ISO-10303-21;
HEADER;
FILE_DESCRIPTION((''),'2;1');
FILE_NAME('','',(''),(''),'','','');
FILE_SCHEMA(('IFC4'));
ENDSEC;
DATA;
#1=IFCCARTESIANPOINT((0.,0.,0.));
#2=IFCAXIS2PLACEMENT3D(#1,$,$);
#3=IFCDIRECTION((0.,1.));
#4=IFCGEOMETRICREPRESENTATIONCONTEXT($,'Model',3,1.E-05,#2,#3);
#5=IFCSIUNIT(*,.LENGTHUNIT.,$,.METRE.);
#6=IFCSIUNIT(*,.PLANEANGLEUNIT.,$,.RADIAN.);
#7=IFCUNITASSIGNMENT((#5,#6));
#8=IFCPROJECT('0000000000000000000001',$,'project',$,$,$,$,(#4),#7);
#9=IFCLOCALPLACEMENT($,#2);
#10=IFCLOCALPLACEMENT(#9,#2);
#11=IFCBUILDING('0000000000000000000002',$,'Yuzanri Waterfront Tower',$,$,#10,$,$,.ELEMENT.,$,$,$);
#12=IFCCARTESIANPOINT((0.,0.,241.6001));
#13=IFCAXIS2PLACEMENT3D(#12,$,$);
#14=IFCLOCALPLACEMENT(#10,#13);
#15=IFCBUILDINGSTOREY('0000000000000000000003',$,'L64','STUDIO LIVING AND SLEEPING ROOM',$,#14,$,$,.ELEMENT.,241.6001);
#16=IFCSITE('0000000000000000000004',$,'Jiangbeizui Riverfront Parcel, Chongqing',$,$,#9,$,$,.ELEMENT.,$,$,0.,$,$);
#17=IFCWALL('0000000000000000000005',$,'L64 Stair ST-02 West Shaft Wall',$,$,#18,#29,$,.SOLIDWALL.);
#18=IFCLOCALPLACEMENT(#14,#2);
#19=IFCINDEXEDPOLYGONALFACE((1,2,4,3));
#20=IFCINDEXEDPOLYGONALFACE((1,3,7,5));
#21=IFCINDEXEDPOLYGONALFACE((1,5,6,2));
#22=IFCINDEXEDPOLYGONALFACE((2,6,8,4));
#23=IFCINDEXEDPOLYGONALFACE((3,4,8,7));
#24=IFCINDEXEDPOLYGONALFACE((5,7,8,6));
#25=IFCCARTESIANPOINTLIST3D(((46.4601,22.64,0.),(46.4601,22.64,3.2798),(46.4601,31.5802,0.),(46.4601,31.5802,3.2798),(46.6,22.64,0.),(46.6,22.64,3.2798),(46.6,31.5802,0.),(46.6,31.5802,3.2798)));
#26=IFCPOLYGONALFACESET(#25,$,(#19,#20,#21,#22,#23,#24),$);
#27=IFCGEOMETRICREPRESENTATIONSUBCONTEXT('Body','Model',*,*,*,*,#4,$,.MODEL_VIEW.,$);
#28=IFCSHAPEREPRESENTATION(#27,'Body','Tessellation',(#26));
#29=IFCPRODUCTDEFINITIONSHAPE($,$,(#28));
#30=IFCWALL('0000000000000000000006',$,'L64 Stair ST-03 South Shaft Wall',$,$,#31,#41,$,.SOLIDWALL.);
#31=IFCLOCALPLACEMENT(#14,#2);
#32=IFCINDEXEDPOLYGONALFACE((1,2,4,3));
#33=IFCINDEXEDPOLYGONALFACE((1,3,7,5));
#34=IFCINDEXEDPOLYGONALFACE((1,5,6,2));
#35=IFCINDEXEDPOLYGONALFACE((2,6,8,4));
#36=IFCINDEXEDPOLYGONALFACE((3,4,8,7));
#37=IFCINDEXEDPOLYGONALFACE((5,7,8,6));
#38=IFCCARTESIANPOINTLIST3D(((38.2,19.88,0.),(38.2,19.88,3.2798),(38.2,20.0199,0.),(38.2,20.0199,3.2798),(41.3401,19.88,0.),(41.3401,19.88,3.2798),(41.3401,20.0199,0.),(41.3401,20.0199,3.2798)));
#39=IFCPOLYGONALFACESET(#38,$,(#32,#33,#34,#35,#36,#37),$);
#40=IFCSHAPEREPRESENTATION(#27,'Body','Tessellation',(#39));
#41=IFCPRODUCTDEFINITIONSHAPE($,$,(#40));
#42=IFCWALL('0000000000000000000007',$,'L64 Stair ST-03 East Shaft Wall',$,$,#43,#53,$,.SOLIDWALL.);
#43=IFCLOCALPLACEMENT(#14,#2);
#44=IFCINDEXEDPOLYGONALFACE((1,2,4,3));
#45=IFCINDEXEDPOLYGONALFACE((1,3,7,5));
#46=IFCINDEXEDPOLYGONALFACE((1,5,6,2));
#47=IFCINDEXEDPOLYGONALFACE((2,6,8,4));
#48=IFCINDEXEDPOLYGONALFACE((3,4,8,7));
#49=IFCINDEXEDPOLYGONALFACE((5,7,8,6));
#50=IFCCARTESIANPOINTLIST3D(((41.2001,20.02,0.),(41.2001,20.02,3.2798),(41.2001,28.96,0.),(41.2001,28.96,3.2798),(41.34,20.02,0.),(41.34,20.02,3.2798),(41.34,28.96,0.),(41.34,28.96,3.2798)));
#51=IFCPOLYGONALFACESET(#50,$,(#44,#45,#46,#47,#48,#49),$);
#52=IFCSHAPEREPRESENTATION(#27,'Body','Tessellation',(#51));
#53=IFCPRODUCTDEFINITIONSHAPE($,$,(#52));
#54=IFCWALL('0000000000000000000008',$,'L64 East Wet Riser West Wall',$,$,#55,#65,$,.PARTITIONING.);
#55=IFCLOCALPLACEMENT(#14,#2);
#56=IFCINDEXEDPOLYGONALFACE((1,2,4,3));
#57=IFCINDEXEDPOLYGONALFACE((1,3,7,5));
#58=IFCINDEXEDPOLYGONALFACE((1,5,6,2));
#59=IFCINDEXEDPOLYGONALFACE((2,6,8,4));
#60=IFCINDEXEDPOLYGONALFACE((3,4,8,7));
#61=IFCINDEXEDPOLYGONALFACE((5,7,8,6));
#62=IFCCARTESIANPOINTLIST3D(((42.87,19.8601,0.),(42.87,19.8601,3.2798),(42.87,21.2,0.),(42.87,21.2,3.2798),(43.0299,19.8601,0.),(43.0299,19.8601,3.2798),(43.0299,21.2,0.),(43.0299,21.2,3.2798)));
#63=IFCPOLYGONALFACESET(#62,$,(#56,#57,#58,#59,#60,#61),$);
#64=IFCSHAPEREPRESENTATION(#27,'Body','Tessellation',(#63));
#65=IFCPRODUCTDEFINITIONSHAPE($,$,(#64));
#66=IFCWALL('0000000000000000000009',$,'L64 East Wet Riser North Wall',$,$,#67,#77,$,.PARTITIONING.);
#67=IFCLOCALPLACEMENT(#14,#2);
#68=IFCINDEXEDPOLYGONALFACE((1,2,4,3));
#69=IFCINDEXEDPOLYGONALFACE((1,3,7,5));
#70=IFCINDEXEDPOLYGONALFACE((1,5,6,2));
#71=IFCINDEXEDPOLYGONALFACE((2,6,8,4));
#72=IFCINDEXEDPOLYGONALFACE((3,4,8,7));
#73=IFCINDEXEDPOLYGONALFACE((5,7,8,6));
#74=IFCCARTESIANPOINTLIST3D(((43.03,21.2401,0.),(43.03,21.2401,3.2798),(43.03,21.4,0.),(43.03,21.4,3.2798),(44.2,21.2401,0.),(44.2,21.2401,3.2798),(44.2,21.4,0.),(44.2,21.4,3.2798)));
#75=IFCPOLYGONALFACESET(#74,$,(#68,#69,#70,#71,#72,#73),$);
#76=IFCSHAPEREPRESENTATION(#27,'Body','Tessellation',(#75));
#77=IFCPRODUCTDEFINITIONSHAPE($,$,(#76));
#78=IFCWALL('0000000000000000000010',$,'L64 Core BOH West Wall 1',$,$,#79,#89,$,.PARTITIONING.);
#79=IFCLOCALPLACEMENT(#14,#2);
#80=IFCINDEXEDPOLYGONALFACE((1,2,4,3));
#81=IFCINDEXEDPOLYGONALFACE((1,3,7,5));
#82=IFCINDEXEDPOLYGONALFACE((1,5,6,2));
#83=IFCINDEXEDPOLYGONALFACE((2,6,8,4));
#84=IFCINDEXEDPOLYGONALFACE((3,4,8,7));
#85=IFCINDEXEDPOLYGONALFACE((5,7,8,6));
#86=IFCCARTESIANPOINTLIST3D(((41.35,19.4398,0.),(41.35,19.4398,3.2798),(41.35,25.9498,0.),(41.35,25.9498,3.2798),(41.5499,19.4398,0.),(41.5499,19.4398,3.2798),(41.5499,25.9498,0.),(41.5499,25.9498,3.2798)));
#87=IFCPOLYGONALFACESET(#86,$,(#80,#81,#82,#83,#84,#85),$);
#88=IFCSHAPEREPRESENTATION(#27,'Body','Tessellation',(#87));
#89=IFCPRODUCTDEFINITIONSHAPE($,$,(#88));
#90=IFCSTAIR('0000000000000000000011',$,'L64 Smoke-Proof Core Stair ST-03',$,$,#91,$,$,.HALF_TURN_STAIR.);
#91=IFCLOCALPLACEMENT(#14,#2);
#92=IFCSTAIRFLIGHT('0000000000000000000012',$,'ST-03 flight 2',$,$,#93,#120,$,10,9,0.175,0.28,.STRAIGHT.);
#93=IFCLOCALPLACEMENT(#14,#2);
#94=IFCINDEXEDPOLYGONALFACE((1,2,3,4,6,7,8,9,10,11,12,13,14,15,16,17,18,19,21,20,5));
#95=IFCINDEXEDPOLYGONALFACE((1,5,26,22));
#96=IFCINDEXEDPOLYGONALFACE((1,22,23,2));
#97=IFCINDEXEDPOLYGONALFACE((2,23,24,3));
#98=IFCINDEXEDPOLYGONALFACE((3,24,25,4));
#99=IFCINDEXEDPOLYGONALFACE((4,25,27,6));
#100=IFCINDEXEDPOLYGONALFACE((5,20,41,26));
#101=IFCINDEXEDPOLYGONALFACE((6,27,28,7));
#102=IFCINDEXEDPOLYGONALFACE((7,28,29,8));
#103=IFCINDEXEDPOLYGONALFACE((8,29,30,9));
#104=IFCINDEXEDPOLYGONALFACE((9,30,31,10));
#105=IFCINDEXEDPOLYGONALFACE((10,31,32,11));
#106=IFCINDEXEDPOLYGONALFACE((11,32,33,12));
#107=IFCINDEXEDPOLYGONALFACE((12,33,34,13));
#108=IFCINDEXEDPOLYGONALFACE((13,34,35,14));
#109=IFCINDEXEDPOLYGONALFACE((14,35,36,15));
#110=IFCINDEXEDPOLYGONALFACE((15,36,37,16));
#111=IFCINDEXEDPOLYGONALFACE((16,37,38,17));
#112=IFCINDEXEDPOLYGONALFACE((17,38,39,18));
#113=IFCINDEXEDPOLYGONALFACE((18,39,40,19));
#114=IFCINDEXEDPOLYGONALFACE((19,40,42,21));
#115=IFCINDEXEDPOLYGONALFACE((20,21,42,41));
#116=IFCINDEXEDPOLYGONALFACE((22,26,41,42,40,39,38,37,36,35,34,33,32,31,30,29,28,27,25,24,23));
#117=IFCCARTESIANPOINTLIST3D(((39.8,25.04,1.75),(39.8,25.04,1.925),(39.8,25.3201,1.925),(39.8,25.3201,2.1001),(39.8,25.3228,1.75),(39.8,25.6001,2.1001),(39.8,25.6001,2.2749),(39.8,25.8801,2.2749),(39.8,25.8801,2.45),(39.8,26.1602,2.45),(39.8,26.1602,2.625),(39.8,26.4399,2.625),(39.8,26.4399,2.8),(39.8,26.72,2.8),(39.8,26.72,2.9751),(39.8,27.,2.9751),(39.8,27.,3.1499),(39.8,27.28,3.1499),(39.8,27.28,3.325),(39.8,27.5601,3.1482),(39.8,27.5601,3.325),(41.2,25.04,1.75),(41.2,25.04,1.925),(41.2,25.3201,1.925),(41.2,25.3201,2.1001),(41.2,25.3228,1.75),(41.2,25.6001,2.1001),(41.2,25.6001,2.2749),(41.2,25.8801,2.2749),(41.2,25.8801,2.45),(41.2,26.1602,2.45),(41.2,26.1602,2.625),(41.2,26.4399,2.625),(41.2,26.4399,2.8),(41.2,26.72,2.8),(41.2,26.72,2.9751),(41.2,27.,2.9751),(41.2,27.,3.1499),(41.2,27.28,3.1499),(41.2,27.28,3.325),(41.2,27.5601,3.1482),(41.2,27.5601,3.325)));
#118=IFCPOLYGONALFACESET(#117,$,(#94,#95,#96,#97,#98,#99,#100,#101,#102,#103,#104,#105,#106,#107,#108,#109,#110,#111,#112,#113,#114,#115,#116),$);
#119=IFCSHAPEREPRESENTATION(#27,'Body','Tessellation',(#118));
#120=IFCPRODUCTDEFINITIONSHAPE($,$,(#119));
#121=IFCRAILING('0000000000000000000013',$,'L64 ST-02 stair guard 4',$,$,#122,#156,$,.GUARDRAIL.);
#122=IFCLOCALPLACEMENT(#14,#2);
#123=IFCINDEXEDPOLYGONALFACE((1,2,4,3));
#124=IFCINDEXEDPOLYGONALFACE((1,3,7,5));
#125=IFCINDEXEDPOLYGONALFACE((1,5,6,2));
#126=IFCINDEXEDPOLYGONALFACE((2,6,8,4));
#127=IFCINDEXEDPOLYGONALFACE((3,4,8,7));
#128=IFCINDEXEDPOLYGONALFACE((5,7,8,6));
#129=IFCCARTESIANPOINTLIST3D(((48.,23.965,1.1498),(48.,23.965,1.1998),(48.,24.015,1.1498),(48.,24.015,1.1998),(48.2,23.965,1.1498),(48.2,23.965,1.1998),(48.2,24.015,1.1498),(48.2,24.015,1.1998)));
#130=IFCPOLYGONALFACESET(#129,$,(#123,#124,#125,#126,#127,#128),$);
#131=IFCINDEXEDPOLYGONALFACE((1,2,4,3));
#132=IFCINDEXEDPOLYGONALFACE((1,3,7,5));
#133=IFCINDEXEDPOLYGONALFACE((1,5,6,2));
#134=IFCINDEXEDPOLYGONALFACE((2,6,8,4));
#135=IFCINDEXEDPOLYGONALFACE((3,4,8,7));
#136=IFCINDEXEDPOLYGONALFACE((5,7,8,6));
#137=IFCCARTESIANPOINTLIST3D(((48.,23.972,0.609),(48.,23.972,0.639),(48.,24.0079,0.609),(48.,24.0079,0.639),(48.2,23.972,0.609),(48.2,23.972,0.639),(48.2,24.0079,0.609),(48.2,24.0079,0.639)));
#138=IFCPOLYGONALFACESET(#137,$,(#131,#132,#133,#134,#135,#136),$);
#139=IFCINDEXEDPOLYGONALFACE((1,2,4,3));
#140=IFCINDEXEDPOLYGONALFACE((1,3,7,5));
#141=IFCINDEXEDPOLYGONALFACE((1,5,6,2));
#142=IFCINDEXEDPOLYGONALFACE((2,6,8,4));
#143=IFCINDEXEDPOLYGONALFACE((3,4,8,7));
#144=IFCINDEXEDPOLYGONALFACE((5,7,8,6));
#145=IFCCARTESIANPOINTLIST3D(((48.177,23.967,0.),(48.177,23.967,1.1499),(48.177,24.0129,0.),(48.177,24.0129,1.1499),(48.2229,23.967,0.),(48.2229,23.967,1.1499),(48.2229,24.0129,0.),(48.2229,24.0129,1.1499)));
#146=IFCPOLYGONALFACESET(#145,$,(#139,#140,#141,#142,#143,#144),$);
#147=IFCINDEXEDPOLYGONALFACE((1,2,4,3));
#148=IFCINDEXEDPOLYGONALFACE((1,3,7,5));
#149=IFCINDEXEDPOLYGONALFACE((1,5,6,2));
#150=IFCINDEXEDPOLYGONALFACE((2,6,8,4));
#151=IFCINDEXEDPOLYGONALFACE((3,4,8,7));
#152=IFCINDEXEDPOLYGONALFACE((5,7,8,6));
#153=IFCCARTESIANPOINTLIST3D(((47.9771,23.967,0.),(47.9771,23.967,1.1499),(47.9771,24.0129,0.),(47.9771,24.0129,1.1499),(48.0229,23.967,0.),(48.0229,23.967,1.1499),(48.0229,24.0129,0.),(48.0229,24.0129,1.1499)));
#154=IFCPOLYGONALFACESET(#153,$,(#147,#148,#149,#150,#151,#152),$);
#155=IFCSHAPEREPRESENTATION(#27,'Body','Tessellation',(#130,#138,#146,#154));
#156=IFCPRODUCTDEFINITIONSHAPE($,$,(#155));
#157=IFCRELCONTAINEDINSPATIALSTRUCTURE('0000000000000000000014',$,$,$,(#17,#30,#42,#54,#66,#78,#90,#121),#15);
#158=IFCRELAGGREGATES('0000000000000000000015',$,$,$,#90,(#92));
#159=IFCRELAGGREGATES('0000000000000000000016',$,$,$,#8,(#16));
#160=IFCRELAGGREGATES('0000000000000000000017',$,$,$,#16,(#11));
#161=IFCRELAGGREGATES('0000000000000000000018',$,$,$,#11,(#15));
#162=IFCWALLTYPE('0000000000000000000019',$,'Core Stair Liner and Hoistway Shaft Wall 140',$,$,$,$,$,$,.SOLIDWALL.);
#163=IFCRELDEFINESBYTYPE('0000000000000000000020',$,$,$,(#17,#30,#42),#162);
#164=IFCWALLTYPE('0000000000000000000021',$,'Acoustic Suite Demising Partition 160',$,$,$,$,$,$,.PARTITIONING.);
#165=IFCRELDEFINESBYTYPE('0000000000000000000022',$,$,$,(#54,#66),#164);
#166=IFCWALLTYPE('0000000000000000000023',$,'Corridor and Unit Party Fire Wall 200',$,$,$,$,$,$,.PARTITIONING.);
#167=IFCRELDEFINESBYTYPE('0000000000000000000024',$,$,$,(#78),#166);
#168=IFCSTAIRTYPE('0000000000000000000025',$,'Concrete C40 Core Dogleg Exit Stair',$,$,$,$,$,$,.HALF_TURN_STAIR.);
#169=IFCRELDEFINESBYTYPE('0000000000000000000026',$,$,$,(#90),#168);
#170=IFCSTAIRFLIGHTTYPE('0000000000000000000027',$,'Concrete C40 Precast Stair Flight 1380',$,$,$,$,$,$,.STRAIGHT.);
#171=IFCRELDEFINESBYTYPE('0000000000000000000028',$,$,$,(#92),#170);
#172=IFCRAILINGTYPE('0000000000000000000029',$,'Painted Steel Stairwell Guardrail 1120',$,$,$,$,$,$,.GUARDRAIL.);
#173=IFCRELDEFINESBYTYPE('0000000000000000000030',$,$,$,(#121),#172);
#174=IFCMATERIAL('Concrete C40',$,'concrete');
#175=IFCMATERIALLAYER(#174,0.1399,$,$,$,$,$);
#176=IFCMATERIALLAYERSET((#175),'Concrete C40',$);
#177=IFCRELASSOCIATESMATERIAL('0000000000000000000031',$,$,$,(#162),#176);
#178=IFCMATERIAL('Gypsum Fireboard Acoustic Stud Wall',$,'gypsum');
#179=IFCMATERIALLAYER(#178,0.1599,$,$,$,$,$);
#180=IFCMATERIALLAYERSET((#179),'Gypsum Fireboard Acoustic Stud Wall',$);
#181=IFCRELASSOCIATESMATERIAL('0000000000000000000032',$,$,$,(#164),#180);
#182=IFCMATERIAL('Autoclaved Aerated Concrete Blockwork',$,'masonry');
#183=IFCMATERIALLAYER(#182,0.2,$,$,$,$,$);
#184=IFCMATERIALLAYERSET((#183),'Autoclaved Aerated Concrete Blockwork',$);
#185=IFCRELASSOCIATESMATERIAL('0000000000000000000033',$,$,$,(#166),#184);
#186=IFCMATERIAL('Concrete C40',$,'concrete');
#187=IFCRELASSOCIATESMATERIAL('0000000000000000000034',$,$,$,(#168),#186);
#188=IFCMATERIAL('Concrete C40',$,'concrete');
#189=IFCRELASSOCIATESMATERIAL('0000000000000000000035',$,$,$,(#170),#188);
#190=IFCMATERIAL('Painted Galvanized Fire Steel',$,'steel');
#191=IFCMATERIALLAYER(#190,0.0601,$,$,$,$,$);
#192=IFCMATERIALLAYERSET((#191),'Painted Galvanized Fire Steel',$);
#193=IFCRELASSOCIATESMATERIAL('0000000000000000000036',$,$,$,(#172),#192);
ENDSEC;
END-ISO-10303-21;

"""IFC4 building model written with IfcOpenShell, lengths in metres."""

from ifc_helpers import new_model, si_unit, direction, frame, frame_2d, origin, origin_2d, place, context, subcontext, project, spatial, polyline, rectangle, outline, extrude, source, transform, mapped, material, layer, layer_set, type_object, element, aggregate, save


model = new_model("IFC4")

# Units and contexts
model_context = context("Model", 3, precision=1e-05, world=origin(), true_north=direction((0.0, 1.0)))
body_context = subcontext(model_context, "Body", "Model", "MODEL_VIEW")
ifc_project = project(units=[si_unit("LENGTHUNIT", "METRE"), si_unit("PLANEANGLEUNIT", "RADIAN")], contexts=[model_context])

# Site, building, storey
site_placement = place(None, origin())
site = spatial("IfcSite", under=ifc_project, at=site_placement, Name="Jiangbeizui Riverfront Parcel, Chongqing", CompositionType="ELEMENT", RefElevation=0.0)
building_placement = place(site_placement, origin())
building = spatial("IfcBuilding", under=site, at=building_placement, Name="Yuzanri Waterfront Tower", CompositionType="ELEMENT")
storey_placement = place(building_placement, frame((0.0, 0.0, 241.6001)))
storey = spatial("IfcBuildingStorey", under=building, at=storey_placement, Name="L64", Description="STUDIO LIVING AND SLEEPING ROOM", CompositionType="ELEMENT", Elevation=241.6001)

# Shared definitions
ifc_material_1 = material(Name="Concrete C40", Category="concrete")
ifc_layer_1 = layer(ifc_material_1, 0.1399)
ifc_layer_set_1 = layer_set([ifc_layer_1], Name="Concrete C40")
wall_type_1 = type_object("IfcWallType", Name="Core Stair Liner and Hoistway Shaft Wall 140", PredefinedType="SOLIDWALL", material=ifc_layer_set_1)

# Walls
shared_shape_1 = source(origin(), body_context, "Body", "SweptSolid", [
    extrude(rectangle(XDim=8.9402, YDim=0.1399, at=frame_2d((4.4702, 0.0))), origin(), (0.0, 0.0, 1.0), 3.2798),
])
wall_1_placement = place(storey_placement, frame((46.53, 22.6399, 0.0), z_axis=(0.0, 0.0, 1.0), x_axis=(0.0, 1.0, 0.0)))
element("IfcWall", 1, at=wall_1_placement, inside=storey, type_object=wall_type_1, Name="L64 Stair ST-02 West Shaft Wall", PredefinedType="SOLIDWALL", context=body_context, shape_type="MappedRepresentation", body=[
    mapped(shared_shape_1, transform((0.0, 0.0, 0.0), scale=1.0)),
])
shared_shape_2 = source(origin(), body_context, "Body", "SweptSolid", [
    extrude(rectangle(XDim=3.1401, YDim=0.1399, at=frame_2d((1.5701, 0.0))), origin(), (0.0, 0.0, 1.0), 3.2798),
])
wall_2_placement = place(storey_placement, frame((38.2, 19.95, 0.0), z_axis=(0.0, 0.0, 1.0), x_axis=(1.0, 0.0, 0.0)))
element("IfcWall", 2, at=wall_2_placement, inside=storey, type_object=wall_type_1, Name="L64 Stair ST-03 South Shaft Wall", PredefinedType="SOLIDWALL", context=body_context, shape_type="MappedRepresentation", body=[
    mapped(shared_shape_2, transform((0.0, 0.0, 0.0), scale=1.0)),
])
shared_shape_3 = source(origin(), body_context, "Body", "SweptSolid", [
    extrude(rectangle(XDim=8.9399, YDim=0.1399, at=frame_2d((4.47, 0.0))), origin(), (0.0, 0.0, 1.0), 3.2798),
])
wall_3_placement = place(storey_placement, frame((41.27, 20.02, 0.0), z_axis=(0.0, 0.0, 1.0), x_axis=(0.0, 1.0, 0.0)))
element("IfcWall", 3, at=wall_3_placement, inside=storey, type_object=wall_type_1, Name="L64 Stair ST-03 East Shaft Wall", PredefinedType="SOLIDWALL", context=body_context, shape_type="MappedRepresentation", body=[
    mapped(shared_shape_3, transform((0.0, 0.0, 0.0), scale=1.0)),
])
ifc_material_2 = material(Name="Gypsum Fireboard Acoustic Stud Wall", Category="gypsum")
ifc_layer_2 = layer(ifc_material_2, 0.1599)
ifc_layer_set_2 = layer_set([ifc_layer_2], Name="Gypsum Fireboard Acoustic Stud Wall")
wall_type_2 = type_object("IfcWallType", Name="Acoustic Suite Demising Partition 160", PredefinedType="PARTITIONING", material=ifc_layer_set_2)
shared_shape_4 = source(origin(), body_context, "Body", "SweptSolid", [
    extrude(rectangle(XDim=1.3398, YDim=0.1599, at=frame_2d((0.6699, 0.0))), origin(), (0.0, 0.0, 1.0), 3.2798),
])
wall_4_placement = place(storey_placement, frame((42.95, 19.8601, 0.0), z_axis=(0.0, 0.0, 1.0), x_axis=(0.0, 1.0, 0.0)))
element("IfcWall", 4, at=wall_4_placement, inside=storey, type_object=wall_type_2, Name="L64 East Wet Riser West Wall", PredefinedType="PARTITIONING", context=body_context, shape_type="MappedRepresentation", body=[
    mapped(shared_shape_4, transform((0.0, 0.0, 0.0), scale=1.0)),
])
shared_shape_5 = source(origin(), body_context, "Body", "SweptSolid", [
    extrude(rectangle(XDim=1.1699, YDim=0.1599, at=frame_2d((0.585, 0.0))), origin(), (0.0, 0.0, 1.0), 3.2798),
])
wall_5_placement = place(storey_placement, frame((43.03, 21.3201, 0.0), z_axis=(0.0, 0.0, 1.0), x_axis=(1.0, 0.0, 0.0)))
element("IfcWall", 5, at=wall_5_placement, inside=storey, type_object=wall_type_2, Name="L64 East Wet Riser North Wall", PredefinedType="PARTITIONING", context=body_context, shape_type="MappedRepresentation", body=[
    mapped(shared_shape_5, transform((0.0, 0.0, 0.0), scale=1.0)),
])
ifc_material_3 = material(Name="Autoclaved Aerated Concrete Blockwork", Category="masonry")
ifc_layer_3 = layer(ifc_material_3, 0.2)
ifc_layer_set_3 = layer_set([ifc_layer_3], Name="Autoclaved Aerated Concrete Blockwork")
wall_type_3 = type_object("IfcWallType", Name="Corridor and Unit Party Fire Wall 200", PredefinedType="PARTITIONING", material=ifc_layer_set_3)
shared_shape_6 = source(origin(), body_context, "Body", "SweptSolid", [
    extrude(rectangle(XDim=6.51, YDim=0.2, at=frame_2d((3.2549, 0.0))), origin(), (0.0, 0.0, 1.0), 3.2798),
])
wall_6_placement = place(storey_placement, frame((41.45, 19.4399, 0.0), z_axis=(0.0, 0.0, 1.0), x_axis=(0.0, 1.0, 0.0)))
element("IfcWall", 6, at=wall_6_placement, inside=storey, type_object=wall_type_3, Name="L64 Core BOH West Wall 1", PredefinedType="PARTITIONING", context=body_context, shape_type="MappedRepresentation", body=[
    mapped(shared_shape_6, transform((0.0, 0.0, 0.0), scale=1.0)),
])

# Stair, stair flight
ifc_material_4 = material(Name="Concrete C40", Category="concrete")
stair_type = type_object("IfcStairType", Name="Concrete C40 Core Dogleg Exit Stair", PredefinedType="HALF_TURN_STAIR", material=ifc_material_4)
stair_placement = place(storey_placement, origin())
stair = element("IfcStair", 7, at=stair_placement, inside=storey, type_object=stair_type, Name="L64 Smoke-Proof Core Stair ST-03", PredefinedType="HALF_TURN_STAIR")
ifc_material_5 = material(Name="Concrete C40", Category="concrete")
stair_flight_type = type_object("IfcStairFlightType", Name="Concrete C40 Precast Stair Flight 1380", PredefinedType="STRAIGHT", material=ifc_material_5)
shared_shape_7 = source(origin(), body_context, "Body", "SweptSolid", [
    extrude(outline(polyline([(0.0, 0.0), (0.0, 0.175), (0.28, 0.175), (0.28, 0.3501), (0.5601, 0.3501), (0.5601, 0.5249), (0.8401, 0.5249), (0.8401, 0.7), (1.1201, 0.7), (1.1201, 0.875), (1.3999, 0.875), (1.3999, 1.05), (1.6799, 1.05), (1.6799, 1.2251), (1.96, 1.2251), (1.96, 1.3999), (2.24, 1.3999), (2.24, 1.575), (2.52, 1.575), (2.52, 1.75), (2.52, 1.3982), (0.2827, 0.0), (0.0, 0.0)])), frame((0.0, 0.7, 0.0), z_axis=(0.0, -1.0, 0.0), x_axis=(1.0, 0.0, 0.0)), (0.0, 0.0, 1.0), 1.3999),
])
stair_flight_placement = place(storey_placement, frame((40.5, 25.04, 1.75), z_axis=(0.0, 0.0, 1.0), x_axis=(0.0, 1.0, 0.0)))
stair_flight = element("IfcStairFlight", 8, at=stair_flight_placement, type_object=stair_flight_type, Name="ST-03 flight 2", NumberOfRisers=10, NumberOfTreads=9, PredefinedType="STRAIGHT", RiserHeight=0.175, TreadLength=0.28, context=body_context, shape_type="MappedRepresentation", body=[
    mapped(shared_shape_7, transform((0.0, 0.0, 0.0), scale=1.0)),
])
aggregate(stair, [stair_flight])

# Railing
ifc_material_6 = material(Name="Painted Galvanized Fire Steel", Category="steel")
ifc_layer_4 = layer(ifc_material_6, 0.0601)
ifc_layer_set_4 = layer_set([ifc_layer_4], Name="Painted Galvanized Fire Steel")
railing_type_1 = type_object("IfcRailingType", Name="Painted Steel Stairwell Guardrail 1120", PredefinedType="GUARDRAIL", material=ifc_layer_set_4)
shared_shape_8 = source(origin(), body_context, "Body", "SweptSolid", [
    extrude(rectangle(XDim=0.05, YDim=0.05, at=origin_2d()), frame((0.0, 0.0, 1.1748), z_axis=(-1.0, 0.0, 0.0), x_axis=(0.0, -1.0, 0.0)), (0.0, 0.0, 1.0), 0.2),
    extrude(rectangle(XDim=0.0359, YDim=0.03, at=origin_2d()), frame((0.0, 0.0, 0.624), z_axis=(-1.0, 0.0, 0.0), x_axis=(0.0, -1.0, 0.0)), (0.0, 0.0, 1.0), 0.2),
    extrude(rectangle(XDim=0.0459, YDim=0.0459, at=origin_2d()), origin(), (0.0, 0.0, 1.0), 1.1499),
    extrude(rectangle(XDim=0.0459, YDim=0.0459, at=origin_2d()), frame((-0.2, 0.0, 0.0)), (0.0, 0.0, 1.0), 1.1499),
])
railing_1_placement = place(storey_placement, frame((48.2, 23.99, 0.0)))
element("IfcRailing", 9, at=railing_1_placement, inside=storey, type_object=railing_type_1, Name="L64 ST-02 stair guard 4", PredefinedType="GUARDRAIL", context=body_context, shape_type="MappedRepresentation", body=[
    mapped(shared_shape_8, transform((0.0, 0.0, 0.0), scale=1.0)),
])

save(model, "model.ifc")
